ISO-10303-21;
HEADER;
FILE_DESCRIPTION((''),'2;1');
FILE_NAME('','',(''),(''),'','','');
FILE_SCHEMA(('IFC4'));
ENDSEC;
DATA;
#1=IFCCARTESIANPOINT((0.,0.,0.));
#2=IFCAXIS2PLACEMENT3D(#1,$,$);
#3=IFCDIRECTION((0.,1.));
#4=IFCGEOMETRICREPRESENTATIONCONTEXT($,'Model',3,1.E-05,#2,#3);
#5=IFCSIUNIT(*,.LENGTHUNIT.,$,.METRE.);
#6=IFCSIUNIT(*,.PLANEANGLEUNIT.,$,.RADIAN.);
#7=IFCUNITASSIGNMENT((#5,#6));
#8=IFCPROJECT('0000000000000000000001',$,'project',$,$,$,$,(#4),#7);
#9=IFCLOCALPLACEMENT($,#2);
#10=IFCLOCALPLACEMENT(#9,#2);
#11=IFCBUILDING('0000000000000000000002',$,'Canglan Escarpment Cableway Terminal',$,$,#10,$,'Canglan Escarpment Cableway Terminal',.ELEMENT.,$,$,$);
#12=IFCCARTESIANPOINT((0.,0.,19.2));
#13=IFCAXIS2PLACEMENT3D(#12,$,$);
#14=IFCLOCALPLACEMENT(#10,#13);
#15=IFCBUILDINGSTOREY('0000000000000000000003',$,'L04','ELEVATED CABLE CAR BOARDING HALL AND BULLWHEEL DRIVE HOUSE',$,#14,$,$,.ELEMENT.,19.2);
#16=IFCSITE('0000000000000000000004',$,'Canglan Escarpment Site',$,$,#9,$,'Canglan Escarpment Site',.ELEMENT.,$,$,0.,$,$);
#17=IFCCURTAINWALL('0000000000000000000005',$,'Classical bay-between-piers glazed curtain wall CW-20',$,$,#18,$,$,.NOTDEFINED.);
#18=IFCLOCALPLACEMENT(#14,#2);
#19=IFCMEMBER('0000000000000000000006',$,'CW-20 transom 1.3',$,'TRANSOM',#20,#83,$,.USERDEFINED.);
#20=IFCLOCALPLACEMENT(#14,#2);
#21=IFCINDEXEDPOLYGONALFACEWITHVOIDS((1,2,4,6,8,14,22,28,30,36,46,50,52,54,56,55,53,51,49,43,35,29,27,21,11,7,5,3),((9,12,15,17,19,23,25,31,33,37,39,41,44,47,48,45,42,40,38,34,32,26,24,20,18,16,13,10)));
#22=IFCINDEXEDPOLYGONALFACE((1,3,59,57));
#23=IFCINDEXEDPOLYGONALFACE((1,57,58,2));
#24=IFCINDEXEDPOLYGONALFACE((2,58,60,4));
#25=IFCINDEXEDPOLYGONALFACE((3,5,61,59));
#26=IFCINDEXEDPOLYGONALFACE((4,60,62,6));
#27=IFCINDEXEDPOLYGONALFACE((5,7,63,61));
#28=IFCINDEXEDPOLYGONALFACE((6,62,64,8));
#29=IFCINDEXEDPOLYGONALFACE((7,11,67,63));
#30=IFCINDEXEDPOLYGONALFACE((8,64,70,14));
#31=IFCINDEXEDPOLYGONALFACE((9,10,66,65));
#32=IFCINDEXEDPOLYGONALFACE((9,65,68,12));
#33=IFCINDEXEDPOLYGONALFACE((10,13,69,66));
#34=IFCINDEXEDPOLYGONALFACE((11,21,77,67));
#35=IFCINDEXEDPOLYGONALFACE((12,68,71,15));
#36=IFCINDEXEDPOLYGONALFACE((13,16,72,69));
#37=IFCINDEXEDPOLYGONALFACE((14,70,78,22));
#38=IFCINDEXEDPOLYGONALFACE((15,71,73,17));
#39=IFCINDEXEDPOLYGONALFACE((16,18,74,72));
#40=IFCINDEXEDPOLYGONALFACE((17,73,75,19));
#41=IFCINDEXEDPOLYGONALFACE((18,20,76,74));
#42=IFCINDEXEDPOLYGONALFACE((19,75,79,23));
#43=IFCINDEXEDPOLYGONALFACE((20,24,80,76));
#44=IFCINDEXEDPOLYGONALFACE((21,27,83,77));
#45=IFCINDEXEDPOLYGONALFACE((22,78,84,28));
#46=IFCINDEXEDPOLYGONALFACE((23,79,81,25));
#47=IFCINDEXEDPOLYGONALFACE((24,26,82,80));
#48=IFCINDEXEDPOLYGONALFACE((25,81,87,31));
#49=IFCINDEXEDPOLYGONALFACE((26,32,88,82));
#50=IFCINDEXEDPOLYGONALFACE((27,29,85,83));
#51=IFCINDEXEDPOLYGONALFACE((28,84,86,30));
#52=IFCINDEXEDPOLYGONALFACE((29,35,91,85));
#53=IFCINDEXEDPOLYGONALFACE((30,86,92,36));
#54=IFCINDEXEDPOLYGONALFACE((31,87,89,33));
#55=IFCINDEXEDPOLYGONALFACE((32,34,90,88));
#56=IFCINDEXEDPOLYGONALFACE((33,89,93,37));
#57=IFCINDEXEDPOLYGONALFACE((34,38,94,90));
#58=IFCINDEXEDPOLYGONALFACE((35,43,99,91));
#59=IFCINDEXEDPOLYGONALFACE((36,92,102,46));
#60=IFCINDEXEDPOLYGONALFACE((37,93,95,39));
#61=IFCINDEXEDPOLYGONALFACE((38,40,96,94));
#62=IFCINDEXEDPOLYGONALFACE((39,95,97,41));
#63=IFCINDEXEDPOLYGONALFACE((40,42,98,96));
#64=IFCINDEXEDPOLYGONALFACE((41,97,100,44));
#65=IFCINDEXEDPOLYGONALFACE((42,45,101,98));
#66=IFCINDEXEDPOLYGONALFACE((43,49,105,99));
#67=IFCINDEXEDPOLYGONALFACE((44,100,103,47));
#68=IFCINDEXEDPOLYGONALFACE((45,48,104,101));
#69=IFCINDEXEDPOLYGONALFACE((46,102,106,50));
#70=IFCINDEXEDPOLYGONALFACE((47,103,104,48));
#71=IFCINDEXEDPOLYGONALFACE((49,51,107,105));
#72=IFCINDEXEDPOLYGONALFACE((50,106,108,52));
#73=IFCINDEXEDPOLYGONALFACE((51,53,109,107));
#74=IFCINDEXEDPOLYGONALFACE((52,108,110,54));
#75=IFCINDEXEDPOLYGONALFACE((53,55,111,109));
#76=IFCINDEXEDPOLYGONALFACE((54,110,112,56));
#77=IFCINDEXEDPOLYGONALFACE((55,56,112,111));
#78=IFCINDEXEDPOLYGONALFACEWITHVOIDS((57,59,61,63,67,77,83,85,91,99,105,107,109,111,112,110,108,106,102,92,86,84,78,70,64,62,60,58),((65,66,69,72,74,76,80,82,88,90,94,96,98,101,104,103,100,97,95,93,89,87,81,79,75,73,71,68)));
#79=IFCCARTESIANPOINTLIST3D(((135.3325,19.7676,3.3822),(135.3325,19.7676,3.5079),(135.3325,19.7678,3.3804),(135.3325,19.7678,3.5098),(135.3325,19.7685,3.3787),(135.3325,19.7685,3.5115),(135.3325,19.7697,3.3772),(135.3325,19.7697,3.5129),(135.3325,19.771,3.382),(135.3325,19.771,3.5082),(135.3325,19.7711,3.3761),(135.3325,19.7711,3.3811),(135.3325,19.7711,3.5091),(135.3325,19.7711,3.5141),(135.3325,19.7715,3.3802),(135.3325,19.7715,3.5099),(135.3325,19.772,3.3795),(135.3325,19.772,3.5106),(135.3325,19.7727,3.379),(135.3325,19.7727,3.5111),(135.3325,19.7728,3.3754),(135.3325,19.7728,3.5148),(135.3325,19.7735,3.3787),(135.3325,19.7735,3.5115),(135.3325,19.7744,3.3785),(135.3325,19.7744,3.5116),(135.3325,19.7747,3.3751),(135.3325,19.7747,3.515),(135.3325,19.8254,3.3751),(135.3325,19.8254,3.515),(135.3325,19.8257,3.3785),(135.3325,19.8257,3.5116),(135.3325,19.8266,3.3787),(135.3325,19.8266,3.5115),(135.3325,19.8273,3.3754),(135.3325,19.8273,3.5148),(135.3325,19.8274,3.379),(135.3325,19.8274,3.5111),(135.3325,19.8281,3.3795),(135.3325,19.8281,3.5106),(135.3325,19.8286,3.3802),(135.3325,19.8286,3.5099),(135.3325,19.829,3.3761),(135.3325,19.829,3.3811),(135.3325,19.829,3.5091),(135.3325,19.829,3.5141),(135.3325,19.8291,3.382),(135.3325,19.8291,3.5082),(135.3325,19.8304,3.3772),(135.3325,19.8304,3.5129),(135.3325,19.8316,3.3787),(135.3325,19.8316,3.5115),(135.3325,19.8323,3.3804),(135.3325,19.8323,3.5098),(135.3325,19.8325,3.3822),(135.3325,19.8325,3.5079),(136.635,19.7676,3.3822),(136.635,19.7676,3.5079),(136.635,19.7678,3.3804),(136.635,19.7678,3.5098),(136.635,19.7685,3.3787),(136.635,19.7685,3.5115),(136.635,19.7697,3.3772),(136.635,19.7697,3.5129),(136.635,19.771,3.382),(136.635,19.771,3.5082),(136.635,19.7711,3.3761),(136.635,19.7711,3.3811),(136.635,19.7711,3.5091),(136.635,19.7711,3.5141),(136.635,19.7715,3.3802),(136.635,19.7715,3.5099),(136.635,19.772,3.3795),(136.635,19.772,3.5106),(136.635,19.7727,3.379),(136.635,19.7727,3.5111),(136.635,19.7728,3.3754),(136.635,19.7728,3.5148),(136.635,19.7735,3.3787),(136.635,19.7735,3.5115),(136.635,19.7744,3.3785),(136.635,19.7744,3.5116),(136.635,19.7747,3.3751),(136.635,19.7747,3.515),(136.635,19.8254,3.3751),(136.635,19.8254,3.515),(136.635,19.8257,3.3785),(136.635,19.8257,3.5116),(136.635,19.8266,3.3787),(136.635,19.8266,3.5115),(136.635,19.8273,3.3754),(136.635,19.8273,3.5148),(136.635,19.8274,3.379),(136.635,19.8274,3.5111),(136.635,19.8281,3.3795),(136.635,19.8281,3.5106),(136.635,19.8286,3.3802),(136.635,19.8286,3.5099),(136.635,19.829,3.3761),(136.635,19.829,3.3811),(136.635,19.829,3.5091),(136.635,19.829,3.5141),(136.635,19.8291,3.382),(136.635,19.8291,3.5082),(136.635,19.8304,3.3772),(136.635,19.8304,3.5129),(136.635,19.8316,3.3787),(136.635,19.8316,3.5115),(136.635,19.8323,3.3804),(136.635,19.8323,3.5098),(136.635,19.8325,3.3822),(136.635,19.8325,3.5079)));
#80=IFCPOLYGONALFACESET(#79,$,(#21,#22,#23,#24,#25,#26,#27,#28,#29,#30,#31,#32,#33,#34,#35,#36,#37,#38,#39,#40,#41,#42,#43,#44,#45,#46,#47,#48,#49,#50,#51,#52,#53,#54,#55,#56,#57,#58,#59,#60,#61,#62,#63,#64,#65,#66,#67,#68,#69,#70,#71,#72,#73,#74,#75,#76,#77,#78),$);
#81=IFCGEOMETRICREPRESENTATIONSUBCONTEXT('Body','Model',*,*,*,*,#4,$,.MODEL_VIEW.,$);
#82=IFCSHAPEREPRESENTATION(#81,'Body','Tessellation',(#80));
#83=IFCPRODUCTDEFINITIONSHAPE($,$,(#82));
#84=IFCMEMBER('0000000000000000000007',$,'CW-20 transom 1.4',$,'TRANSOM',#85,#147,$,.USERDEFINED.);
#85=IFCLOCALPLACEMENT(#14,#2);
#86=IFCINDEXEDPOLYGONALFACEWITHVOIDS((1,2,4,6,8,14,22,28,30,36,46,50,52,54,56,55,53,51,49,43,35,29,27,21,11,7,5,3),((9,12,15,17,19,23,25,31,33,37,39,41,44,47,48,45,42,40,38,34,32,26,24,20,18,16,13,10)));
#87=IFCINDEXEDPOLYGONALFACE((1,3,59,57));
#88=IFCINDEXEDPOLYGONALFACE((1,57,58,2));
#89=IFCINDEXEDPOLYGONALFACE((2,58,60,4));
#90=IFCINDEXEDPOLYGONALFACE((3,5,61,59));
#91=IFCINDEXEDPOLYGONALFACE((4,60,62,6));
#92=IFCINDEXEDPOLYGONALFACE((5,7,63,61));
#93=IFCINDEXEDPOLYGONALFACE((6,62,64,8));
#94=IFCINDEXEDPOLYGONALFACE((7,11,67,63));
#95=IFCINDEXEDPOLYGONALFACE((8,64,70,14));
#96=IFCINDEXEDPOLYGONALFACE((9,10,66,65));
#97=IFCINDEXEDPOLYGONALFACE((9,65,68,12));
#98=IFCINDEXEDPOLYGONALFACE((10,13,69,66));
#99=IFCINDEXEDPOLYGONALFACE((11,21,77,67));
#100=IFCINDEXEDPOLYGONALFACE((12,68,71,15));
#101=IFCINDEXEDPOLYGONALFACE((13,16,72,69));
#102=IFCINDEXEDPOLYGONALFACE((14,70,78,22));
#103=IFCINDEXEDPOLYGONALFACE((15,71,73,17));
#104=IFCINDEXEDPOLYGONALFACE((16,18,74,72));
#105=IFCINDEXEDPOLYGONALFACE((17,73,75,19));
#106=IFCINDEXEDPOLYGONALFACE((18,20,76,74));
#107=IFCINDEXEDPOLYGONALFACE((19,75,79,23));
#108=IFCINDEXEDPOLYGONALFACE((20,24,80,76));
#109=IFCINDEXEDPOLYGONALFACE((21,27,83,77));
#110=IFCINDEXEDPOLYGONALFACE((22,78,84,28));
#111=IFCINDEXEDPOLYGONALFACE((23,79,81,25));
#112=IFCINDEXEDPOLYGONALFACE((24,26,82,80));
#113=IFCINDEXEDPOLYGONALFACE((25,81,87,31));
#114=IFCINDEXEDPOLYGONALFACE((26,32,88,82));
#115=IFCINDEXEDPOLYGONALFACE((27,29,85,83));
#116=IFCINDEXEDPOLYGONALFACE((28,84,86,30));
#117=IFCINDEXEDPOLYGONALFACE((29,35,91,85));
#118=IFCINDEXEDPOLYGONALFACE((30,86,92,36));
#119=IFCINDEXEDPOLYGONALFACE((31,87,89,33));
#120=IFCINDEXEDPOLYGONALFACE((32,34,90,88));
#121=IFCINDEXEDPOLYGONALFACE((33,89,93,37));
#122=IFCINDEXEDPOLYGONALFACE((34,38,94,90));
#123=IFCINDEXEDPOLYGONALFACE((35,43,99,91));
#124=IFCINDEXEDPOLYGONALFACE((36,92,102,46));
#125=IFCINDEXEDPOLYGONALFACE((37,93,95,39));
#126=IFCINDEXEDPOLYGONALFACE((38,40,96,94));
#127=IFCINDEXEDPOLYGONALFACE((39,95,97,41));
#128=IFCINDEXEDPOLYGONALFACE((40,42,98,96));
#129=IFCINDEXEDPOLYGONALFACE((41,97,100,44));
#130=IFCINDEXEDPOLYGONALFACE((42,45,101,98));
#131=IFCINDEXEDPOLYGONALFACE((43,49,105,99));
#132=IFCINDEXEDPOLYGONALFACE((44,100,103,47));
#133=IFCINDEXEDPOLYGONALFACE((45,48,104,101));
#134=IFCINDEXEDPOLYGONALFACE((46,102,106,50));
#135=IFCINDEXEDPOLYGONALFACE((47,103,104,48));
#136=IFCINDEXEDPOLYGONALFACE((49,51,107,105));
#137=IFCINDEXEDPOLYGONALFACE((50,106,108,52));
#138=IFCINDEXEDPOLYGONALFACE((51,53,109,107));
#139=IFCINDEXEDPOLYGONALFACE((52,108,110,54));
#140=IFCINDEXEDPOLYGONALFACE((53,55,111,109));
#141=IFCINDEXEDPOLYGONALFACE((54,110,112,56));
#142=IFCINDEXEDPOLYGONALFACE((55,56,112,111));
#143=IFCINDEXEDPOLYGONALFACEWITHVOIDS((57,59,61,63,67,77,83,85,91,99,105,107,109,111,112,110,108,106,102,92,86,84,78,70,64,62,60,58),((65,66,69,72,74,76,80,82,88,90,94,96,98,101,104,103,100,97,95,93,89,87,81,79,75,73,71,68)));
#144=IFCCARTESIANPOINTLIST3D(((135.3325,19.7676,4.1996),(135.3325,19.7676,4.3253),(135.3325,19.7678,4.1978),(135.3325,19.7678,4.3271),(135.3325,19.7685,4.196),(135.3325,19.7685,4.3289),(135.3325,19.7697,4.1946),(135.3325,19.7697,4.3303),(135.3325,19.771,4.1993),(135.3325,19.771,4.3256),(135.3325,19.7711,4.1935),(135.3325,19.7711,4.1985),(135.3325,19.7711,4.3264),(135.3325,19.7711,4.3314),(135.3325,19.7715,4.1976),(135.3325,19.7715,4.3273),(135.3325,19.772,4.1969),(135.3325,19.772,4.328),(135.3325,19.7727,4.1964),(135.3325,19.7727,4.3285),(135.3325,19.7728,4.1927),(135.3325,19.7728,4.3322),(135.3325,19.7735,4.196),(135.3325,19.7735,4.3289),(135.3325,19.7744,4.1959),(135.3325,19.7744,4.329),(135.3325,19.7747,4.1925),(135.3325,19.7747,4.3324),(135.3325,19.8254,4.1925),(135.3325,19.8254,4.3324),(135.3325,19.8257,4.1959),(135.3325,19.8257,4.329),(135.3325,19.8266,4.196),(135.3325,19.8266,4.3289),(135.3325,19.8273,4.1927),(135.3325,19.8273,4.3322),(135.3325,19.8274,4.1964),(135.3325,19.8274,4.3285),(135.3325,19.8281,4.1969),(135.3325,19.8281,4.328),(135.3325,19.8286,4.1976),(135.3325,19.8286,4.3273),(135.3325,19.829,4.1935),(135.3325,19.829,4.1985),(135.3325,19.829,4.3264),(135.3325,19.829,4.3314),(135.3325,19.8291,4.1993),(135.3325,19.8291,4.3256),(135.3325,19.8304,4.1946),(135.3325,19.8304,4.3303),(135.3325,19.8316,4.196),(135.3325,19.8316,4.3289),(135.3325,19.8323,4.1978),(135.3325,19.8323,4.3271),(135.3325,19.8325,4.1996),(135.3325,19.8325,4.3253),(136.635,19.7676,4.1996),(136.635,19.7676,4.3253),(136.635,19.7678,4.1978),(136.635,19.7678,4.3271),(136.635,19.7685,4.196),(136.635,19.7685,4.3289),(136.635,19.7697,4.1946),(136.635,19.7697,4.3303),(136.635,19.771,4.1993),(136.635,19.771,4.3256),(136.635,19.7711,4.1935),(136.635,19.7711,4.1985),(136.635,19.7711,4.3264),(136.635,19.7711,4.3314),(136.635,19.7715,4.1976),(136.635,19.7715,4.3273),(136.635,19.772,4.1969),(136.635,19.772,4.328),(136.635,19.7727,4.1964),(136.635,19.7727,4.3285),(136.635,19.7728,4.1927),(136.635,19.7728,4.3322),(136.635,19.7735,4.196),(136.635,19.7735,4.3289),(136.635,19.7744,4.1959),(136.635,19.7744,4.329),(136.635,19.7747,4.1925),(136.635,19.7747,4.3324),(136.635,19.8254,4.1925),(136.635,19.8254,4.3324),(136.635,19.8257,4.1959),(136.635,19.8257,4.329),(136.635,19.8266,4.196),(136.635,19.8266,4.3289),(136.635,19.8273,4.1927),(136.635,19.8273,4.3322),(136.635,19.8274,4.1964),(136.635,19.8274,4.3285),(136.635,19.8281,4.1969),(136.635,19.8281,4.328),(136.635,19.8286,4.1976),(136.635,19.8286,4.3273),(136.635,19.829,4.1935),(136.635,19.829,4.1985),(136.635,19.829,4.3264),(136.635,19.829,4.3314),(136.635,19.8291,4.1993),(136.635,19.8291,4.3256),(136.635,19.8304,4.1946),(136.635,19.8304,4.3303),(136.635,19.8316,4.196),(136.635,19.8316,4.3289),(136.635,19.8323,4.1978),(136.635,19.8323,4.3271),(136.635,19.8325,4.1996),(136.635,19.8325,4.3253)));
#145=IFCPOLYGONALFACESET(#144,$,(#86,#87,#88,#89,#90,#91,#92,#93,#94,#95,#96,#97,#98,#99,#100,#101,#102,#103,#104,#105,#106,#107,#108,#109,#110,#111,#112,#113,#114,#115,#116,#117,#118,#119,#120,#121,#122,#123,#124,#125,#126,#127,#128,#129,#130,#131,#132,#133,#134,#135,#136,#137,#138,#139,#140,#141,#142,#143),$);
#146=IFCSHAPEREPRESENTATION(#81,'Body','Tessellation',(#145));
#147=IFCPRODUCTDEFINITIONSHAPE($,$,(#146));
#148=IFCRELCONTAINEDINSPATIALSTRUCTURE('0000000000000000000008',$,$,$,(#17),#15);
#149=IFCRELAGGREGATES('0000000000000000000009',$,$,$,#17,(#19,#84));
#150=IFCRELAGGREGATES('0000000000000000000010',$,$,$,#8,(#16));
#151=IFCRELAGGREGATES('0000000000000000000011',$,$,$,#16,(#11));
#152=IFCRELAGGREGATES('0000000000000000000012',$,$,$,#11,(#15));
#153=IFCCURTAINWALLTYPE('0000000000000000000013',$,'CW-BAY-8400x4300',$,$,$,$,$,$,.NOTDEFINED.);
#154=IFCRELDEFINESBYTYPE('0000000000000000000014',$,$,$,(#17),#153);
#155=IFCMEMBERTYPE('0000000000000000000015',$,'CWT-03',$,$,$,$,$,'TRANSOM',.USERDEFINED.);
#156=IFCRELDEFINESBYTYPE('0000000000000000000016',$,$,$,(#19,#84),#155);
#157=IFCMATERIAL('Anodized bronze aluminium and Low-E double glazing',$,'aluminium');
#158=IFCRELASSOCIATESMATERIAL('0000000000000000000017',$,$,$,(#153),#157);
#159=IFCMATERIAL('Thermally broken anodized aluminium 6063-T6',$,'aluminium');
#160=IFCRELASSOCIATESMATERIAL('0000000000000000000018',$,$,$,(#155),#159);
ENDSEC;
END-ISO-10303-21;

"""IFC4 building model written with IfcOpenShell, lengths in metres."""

from ifc_helpers import new_model, si_unit, direction, frame, origin, origin_2d, place, context, subcontext, project, spatial, hollow_rectangle, extrude, material, material_profile, profile_set, type_object, element, aggregate, save


model = new_model("IFC4")

# Units and contexts
model_context = context("Model", 3, precision=1e-05, world=origin(), true_north=direction((0.0, 1.0)))
body_context = subcontext(model_context, "Body", "Model", "MODEL_VIEW")
ifc_project = project(units=[si_unit("LENGTHUNIT", "METRE"), si_unit("PLANEANGLEUNIT", "RADIAN")], contexts=[model_context])

# Site, building, storey
site_placement = place(None, origin())
site = spatial("IfcSite", under=ifc_project, at=site_placement, Name="Canglan Escarpment Site", LongName="Canglan Escarpment Site", CompositionType="ELEMENT", RefElevation=0.0)
building_placement = place(site_placement, origin())
building = spatial("IfcBuilding", under=site, at=building_placement, Name="Canglan Escarpment Cableway Terminal", LongName="Canglan Escarpment Cableway Terminal", CompositionType="ELEMENT")
storey_placement = place(building_placement, frame((0.0, 0.0, 19.2)))
storey = spatial("IfcBuildingStorey", under=building, at=storey_placement, Name="L04", Description="ELEVATED CABLE CAR BOARDING HALL AND BULLWHEEL DRIVE HOUSE", CompositionType="ELEMENT", Elevation=19.2)

# Curtain wall, members
ifc_material_1 = material(Name="Anodized bronze aluminium and Low-E double glazing", Category="aluminium")
curtain_wall_type = type_object("IfcCurtainWallType", Name="CW-BAY-8400x4300", PredefinedType="NOTDEFINED", material=ifc_material_1)
curtain_wall_placement = place(storey_placement, origin())
curtain_wall = element("IfcCurtainWall", 1, at=curtain_wall_placement, inside=storey, type_object=curtain_wall_type, Name="Classical bay-between-piers glazed curtain wall CW-20", PredefinedType="NOTDEFINED")
ifc_material_2 = material(Name="Thermally broken anodized aluminium 6063-T6", Category="aluminium")
ifc_material_profile_1 = material_profile(ifc_material_2, hollow_rectangle(XDim=0.0649, YDim=0.1399, WallThickness=0.0034, InnerFilletRadius=0.0034, OuterFilletRadius=0.0071, at=origin_2d()), Name="ALU-TRAN 65x140x3.5")
ifc_profile_set_1 = profile_set([ifc_material_profile_1], Name="Thermally broken anodized aluminium 6063-T6")
member_type_1 = type_object("IfcMemberType", Name="CWT-03", ElementType="TRANSOM", PredefinedType="USERDEFINED", material=ifc_profile_set_1)
member_1_placement = place(storey_placement, frame((136.635, 19.8, 3.4451), z_axis=(-1.0, 0.0, 0.0), x_axis=(0.0, -1.0, 0.0)))
member_1 = element("IfcMember", 2, at=member_1_placement, type_object=member_type_1, Name="CW-20 transom 1.3", ObjectType="TRANSOM", PredefinedType="USERDEFINED", context=body_context, shape_type="SweptSolid", body=[
    extrude(hollow_rectangle(XDim=0.0649, YDim=0.1399, WallThickness=0.0034, InnerFilletRadius=0.0034, OuterFilletRadius=0.0071, at=origin_2d()), origin(), (0.0, 0.0, 1.0), 1.3025),
])
member_2_placement = place(storey_placement, frame((136.635, 19.8, 4.2625), z_axis=(-1.0, 0.0, 0.0), x_axis=(0.0, -1.0, 0.0)))
member_2 = element("IfcMember", 3, at=member_2_placement, type_object=member_type_1, Name="CW-20 transom 1.4", ObjectType="TRANSOM", PredefinedType="USERDEFINED", context=body_context, shape_type="SweptSolid", body=[
    extrude(hollow_rectangle(XDim=0.0649, YDim=0.1399, WallThickness=0.0034, InnerFilletRadius=0.0034, OuterFilletRadius=0.0071, at=origin_2d()), origin(), (0.0, 0.0, 1.0), 1.3025),
])

aggregate(curtain_wall, [member_1, member_2])

save(model, "model.ifc")
